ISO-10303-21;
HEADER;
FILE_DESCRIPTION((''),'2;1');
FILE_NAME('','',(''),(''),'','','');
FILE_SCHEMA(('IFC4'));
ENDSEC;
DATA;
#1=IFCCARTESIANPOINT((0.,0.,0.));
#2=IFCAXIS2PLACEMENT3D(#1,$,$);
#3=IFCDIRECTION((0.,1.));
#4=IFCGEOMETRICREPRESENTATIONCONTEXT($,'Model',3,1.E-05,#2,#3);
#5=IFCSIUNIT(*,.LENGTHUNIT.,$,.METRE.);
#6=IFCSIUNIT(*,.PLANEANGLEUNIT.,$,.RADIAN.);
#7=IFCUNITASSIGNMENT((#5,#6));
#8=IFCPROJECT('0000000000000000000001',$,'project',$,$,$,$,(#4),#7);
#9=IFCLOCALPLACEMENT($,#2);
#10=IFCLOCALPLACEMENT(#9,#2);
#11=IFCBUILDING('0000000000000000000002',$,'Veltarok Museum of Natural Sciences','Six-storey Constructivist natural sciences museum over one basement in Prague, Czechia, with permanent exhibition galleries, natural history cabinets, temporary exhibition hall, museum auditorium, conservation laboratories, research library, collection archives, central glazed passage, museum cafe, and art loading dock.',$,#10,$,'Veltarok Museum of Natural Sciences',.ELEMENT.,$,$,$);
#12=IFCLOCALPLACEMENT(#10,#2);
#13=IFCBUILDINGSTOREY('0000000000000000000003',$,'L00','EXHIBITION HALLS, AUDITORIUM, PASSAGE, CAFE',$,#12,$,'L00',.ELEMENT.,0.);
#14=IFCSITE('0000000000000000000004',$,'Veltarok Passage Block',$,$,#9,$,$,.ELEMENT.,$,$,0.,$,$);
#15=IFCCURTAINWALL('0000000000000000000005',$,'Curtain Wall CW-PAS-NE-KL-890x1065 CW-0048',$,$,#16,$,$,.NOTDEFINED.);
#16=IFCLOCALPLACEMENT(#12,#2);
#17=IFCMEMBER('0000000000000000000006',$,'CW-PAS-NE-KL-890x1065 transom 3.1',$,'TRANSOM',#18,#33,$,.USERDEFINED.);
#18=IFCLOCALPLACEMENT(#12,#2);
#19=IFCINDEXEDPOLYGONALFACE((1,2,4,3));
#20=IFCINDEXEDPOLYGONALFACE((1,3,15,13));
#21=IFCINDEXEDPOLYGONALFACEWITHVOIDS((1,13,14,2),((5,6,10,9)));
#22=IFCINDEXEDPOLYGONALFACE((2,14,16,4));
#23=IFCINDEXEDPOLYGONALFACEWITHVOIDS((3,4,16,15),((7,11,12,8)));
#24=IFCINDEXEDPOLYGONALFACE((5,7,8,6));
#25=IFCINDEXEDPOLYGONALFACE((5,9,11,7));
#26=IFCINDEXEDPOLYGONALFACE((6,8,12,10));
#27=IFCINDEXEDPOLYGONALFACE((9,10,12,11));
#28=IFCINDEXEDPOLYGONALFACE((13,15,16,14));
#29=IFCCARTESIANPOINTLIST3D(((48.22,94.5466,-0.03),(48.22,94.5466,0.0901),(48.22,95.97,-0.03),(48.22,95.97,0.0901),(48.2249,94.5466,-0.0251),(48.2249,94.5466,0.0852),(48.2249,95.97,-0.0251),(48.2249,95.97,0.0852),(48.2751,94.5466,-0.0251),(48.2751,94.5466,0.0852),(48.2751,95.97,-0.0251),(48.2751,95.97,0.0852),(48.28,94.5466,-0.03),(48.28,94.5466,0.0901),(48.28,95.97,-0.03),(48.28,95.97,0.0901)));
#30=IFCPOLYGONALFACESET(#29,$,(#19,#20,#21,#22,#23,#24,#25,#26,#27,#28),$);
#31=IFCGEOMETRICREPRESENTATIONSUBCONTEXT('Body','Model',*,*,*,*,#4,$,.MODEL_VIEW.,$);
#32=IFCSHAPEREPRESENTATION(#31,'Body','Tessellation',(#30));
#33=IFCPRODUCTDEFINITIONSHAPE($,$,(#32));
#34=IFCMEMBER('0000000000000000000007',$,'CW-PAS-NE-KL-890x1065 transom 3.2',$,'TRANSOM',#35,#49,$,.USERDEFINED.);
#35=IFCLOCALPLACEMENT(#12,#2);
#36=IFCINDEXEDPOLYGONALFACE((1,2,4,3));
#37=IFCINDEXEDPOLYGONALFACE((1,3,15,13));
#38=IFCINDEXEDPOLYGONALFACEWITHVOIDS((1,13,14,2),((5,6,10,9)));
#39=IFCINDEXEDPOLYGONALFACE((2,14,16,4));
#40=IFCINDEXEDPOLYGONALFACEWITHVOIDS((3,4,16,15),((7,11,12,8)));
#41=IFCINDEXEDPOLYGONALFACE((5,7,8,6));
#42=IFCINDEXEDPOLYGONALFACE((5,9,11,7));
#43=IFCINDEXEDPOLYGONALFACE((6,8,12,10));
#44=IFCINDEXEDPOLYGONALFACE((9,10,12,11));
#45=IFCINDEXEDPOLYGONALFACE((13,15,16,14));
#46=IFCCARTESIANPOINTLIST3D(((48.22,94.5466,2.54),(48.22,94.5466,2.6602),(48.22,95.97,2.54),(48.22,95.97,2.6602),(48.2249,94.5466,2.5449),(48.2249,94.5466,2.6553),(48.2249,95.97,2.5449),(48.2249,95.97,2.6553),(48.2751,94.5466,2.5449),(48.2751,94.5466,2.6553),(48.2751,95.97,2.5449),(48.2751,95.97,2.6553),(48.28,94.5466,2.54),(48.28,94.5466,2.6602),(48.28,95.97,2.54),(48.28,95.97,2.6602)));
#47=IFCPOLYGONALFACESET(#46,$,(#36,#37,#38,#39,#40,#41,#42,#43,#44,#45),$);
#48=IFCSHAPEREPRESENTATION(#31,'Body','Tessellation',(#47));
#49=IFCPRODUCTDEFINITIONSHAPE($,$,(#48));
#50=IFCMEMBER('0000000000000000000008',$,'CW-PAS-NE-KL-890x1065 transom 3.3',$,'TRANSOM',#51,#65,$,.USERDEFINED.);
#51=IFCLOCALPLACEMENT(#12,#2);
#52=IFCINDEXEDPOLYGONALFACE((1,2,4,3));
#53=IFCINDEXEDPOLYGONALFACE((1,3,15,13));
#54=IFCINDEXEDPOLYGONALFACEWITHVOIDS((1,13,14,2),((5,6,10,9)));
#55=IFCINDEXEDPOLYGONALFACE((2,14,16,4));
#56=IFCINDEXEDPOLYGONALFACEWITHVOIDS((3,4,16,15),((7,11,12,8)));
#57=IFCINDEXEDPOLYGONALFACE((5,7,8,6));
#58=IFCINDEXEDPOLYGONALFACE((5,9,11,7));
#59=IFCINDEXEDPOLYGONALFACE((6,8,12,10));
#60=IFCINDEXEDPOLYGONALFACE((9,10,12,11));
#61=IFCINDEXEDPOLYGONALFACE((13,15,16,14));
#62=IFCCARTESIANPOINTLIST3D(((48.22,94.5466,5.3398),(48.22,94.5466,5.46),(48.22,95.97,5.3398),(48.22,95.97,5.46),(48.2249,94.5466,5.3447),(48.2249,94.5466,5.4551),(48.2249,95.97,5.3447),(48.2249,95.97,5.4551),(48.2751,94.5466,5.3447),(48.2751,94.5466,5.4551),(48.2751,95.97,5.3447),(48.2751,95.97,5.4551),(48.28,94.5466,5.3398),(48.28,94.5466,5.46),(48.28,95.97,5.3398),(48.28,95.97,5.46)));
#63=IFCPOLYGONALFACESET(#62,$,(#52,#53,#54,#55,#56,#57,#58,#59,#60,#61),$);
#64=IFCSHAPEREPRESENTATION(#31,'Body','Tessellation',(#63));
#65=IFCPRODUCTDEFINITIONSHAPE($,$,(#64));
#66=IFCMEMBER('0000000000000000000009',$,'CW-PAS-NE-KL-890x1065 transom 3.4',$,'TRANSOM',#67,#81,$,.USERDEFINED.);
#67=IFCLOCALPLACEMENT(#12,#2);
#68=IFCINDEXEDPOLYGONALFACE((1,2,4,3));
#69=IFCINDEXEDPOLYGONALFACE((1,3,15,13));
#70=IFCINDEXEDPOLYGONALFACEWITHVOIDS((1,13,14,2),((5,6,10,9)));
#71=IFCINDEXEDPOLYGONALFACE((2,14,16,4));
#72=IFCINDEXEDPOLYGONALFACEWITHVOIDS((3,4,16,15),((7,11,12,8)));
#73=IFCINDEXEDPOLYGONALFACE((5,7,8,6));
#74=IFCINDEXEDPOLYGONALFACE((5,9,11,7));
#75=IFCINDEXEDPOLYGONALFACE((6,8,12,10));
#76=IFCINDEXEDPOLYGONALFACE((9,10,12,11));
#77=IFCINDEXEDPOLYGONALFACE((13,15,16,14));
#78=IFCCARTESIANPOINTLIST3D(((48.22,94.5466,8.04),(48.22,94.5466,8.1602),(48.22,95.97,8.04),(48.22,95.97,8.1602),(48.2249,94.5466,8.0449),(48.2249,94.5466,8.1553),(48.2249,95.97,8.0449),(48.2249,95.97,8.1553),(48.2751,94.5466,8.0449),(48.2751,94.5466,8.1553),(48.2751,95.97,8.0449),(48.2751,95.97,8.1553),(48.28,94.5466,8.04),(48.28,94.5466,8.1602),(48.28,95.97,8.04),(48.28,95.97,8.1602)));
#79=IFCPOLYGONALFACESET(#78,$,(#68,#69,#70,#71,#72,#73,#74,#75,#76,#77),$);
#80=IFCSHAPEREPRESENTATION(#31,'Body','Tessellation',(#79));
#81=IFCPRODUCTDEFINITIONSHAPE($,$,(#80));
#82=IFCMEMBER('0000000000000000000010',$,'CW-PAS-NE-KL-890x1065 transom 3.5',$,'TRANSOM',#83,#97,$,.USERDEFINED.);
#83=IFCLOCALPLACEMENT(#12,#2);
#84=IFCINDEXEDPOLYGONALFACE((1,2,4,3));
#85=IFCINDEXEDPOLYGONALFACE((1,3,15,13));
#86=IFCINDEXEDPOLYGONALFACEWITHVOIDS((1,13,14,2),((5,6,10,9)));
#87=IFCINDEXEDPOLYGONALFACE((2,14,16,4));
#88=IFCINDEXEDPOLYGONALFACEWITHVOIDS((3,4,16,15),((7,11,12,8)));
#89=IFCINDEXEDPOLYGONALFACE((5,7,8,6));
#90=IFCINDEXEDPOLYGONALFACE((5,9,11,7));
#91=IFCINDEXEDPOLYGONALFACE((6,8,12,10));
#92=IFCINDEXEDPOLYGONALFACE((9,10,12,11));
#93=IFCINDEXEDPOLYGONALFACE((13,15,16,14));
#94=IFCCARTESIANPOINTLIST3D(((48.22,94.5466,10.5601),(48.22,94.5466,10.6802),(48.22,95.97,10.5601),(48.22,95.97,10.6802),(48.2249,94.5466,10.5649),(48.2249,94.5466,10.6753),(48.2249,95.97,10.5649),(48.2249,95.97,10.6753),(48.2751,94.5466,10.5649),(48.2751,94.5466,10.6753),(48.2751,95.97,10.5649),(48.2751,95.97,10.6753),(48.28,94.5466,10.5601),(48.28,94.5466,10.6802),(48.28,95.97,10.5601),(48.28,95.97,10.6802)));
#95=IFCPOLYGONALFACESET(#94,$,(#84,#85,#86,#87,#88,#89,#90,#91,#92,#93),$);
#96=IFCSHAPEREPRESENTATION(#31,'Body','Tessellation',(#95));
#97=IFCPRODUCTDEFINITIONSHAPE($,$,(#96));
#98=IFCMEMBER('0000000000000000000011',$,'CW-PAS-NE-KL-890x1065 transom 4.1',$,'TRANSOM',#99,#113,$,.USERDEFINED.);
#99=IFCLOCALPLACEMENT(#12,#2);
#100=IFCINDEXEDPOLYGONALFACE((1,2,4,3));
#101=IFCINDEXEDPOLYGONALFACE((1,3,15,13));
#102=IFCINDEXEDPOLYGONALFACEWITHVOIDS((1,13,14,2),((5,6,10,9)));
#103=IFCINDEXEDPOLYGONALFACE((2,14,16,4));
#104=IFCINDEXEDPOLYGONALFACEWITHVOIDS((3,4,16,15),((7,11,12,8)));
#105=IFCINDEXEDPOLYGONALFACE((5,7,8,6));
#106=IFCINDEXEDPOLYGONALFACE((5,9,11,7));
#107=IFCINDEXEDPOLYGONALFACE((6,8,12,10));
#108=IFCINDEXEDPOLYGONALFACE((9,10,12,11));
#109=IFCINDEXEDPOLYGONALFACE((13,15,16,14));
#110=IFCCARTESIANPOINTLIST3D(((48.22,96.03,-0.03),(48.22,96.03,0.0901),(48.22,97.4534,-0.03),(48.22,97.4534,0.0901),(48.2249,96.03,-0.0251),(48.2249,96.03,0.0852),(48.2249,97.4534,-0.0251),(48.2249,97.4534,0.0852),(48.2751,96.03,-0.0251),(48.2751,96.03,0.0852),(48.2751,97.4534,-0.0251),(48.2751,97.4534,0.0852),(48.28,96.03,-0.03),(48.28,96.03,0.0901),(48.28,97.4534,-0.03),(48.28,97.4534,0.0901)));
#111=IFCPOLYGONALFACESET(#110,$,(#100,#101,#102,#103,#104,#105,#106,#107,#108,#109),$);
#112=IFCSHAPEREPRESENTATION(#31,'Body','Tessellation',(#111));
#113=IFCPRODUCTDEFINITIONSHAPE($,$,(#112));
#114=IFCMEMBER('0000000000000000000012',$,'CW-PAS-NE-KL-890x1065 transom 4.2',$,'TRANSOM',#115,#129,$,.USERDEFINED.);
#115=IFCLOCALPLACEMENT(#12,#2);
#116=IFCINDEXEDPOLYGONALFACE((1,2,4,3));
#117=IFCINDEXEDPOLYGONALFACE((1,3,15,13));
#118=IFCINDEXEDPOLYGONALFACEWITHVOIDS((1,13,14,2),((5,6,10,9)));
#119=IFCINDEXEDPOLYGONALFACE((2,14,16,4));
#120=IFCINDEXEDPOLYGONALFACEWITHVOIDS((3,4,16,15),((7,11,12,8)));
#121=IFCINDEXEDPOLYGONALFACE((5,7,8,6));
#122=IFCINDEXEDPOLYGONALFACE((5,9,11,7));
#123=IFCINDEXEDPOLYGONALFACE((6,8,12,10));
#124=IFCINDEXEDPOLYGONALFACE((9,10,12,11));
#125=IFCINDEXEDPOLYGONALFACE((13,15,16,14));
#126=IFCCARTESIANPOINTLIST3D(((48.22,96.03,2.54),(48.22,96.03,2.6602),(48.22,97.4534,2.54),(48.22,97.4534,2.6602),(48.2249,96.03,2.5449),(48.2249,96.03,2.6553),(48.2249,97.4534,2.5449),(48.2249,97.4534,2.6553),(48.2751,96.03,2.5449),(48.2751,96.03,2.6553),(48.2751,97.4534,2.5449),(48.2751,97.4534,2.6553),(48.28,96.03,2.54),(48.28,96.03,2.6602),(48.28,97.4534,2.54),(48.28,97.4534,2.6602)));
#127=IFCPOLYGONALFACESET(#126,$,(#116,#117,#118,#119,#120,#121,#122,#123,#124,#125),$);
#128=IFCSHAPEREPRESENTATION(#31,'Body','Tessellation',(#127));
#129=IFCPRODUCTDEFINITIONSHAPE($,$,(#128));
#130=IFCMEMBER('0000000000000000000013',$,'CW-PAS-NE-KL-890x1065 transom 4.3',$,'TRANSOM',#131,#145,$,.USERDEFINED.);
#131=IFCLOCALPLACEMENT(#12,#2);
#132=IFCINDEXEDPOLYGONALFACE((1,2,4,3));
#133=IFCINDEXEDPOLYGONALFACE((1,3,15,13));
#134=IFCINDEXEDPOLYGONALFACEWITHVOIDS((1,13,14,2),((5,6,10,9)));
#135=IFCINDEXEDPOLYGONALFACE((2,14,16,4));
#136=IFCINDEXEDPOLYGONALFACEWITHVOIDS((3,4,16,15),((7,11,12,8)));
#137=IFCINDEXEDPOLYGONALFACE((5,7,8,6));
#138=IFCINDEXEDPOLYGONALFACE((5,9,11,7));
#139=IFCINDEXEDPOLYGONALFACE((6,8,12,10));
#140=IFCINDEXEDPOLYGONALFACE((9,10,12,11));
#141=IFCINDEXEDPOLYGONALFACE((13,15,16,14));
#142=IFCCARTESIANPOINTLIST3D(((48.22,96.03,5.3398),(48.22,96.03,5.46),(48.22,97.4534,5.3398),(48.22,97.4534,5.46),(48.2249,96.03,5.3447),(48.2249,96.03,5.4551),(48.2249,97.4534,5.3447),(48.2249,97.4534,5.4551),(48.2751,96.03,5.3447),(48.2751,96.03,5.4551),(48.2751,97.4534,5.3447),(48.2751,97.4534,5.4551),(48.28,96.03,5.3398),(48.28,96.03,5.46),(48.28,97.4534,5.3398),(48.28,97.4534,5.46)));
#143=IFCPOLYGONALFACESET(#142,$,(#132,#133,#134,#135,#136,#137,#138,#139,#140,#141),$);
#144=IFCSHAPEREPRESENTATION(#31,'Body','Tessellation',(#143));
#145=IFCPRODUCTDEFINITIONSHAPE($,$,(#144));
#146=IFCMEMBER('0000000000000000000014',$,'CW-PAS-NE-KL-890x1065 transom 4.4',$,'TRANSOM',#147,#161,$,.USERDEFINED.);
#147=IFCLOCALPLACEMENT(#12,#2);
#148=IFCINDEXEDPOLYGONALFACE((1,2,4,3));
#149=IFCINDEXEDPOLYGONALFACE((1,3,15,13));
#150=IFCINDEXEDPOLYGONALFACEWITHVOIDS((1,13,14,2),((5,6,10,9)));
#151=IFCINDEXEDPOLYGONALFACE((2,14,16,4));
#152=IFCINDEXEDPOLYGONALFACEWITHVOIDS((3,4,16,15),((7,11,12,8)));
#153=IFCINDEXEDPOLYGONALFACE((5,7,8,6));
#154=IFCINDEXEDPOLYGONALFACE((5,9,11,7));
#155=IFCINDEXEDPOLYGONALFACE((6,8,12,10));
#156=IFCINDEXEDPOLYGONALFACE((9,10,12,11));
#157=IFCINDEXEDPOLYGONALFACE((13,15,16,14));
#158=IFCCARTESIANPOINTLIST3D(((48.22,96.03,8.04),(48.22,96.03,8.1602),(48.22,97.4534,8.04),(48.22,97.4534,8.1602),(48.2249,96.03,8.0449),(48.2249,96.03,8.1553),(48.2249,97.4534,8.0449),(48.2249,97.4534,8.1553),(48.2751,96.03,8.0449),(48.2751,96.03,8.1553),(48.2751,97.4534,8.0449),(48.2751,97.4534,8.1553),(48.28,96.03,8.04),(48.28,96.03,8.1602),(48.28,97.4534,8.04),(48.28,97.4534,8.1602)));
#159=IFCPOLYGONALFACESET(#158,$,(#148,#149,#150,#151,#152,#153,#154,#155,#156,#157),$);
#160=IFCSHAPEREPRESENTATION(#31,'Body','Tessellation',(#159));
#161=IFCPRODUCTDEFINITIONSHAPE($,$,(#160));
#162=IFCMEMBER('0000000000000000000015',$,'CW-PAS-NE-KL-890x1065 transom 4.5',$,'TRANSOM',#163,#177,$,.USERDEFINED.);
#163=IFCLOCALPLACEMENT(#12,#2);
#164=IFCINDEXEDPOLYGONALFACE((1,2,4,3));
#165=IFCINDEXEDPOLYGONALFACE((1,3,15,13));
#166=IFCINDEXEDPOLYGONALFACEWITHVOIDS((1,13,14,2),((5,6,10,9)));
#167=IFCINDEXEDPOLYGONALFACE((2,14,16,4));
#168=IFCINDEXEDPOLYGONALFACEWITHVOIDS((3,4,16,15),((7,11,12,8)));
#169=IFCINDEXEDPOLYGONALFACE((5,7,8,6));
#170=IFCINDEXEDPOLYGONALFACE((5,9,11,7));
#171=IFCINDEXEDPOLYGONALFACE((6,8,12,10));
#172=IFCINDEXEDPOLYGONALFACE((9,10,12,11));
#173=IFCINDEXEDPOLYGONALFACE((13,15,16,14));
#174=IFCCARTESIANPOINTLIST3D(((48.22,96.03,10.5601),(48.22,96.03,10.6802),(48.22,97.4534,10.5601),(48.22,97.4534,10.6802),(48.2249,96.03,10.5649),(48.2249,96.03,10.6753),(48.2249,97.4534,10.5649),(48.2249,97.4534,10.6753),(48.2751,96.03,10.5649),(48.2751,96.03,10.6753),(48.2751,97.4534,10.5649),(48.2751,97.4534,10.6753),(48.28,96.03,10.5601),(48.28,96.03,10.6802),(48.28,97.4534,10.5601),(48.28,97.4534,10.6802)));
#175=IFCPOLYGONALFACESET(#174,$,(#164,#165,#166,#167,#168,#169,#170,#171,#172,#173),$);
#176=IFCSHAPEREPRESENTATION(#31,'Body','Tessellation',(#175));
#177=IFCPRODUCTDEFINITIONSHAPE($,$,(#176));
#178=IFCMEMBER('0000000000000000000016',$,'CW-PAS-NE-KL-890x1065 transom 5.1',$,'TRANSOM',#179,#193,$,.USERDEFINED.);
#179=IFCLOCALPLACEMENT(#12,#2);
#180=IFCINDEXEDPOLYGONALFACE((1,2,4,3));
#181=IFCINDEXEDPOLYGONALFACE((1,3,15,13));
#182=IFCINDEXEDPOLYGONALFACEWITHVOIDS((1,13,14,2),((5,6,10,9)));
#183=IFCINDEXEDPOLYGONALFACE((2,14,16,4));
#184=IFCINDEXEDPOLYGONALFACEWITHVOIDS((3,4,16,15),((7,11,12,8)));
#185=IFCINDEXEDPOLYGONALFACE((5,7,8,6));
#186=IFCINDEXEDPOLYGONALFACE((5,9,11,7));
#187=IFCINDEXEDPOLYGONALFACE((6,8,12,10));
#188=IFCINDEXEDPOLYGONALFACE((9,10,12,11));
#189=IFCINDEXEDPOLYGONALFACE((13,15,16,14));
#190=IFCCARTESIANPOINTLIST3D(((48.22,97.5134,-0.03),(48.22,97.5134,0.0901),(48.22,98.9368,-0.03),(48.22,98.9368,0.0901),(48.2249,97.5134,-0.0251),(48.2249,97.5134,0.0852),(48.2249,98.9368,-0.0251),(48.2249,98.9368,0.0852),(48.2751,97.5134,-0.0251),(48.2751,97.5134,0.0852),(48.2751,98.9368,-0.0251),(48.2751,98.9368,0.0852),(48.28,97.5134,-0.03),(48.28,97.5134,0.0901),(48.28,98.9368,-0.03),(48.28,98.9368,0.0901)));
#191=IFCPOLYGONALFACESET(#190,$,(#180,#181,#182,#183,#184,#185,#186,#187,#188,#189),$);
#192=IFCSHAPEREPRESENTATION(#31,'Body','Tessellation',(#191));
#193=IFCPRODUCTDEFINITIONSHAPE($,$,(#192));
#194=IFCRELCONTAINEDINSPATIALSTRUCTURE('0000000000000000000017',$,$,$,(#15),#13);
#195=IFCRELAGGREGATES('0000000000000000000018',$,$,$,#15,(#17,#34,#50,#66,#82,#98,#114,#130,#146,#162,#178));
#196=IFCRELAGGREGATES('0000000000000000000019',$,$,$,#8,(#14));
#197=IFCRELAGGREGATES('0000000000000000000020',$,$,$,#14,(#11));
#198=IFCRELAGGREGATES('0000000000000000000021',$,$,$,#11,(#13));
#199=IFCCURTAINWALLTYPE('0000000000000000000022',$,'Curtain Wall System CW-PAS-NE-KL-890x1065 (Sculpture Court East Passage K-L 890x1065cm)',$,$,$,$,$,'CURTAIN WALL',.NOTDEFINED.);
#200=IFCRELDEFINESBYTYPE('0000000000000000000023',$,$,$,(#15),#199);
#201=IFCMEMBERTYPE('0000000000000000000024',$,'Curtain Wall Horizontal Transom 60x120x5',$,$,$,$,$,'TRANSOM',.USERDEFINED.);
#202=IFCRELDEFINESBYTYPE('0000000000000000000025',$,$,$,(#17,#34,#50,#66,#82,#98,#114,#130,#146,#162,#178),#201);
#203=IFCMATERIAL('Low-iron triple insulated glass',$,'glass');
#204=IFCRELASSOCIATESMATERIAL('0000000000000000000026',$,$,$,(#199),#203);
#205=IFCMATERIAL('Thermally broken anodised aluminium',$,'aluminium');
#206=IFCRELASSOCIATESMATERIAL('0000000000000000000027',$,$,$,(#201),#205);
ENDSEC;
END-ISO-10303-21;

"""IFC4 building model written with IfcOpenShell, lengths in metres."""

from ifc_helpers import new_model, si_unit, direction, frame, origin, origin_2d, place, context, subcontext, project, spatial, hollow_rectangle, extrude, material, material_profile, profile_set, type_object, element, aggregate, save


model = new_model("IFC4")

# Units and contexts
model_context = context("Model", 3, precision=1e-05, world=origin(), true_north=direction((0.0, 1.0)))
body_context = subcontext(model_context, "Body", "Model", "MODEL_VIEW")
ifc_project = project(units=[si_unit("LENGTHUNIT", "METRE"), si_unit("PLANEANGLEUNIT", "RADIAN")], contexts=[model_context])

# Site, building, storey
site_placement = place(None, origin())
site = spatial("IfcSite", under=ifc_project, at=site_placement, Name="Veltarok Passage Block", CompositionType="ELEMENT", RefElevation=0.0)
building_placement = place(site_placement, origin())
building = spatial("IfcBuilding", under=site, at=building_placement, Name="Veltarok Museum of Natural Sciences", Description="Six-storey Constructivist natural sciences museum over one basement in Prague, Czechia, with permanent exhibition galleries, natural history cabinets, temporary exhibition hall, museum auditorium, conservation laboratories, research library, collection archives, central glazed passage, museum cafe, and art loading dock.", LongName="Veltarok Museum of Natural Sciences", CompositionType="ELEMENT")
storey_placement = place(building_placement, origin())
storey = spatial("IfcBuildingStorey", under=building, at=storey_placement, Name="L00", Description="EXHIBITION HALLS, AUDITORIUM, PASSAGE, CAFE", LongName="L00", CompositionType="ELEMENT", Elevation=0.0)

# Curtain wall, members
ifc_material_1 = material(Name="Low-iron triple insulated glass", Category="glass")
curtain_wall_type_1 = type_object("IfcCurtainWallType", Name="Curtain Wall System CW-PAS-NE-KL-890x1065 (Sculpture Court East Passage K-L 890x1065cm)", ElementType="CURTAIN WALL", PredefinedType="NOTDEFINED", material=ifc_material_1)
curtain_wall_1_placement = place(storey_placement, origin())
curtain_wall_1 = element("IfcCurtainWall", 1, at=curtain_wall_1_placement, inside=storey, type_object=curtain_wall_type_1, Name="Curtain Wall CW-PAS-NE-KL-890x1065 CW-0048", PredefinedType="NOTDEFINED")
ifc_material_2 = material(Name="Thermally broken anodised aluminium", Category="aluminium")
ifc_material_profile_1 = material_profile(ifc_material_2, hollow_rectangle(XDim=0.0601, YDim=0.1201, WallThickness=0.0049, at=origin_2d()), Name="CW TRANSOM 60x120x5")
ifc_profile_set_1 = profile_set([ifc_material_profile_1], Name="Thermally broken anodised aluminium")
member_type_1 = type_object("IfcMemberType", Name="Curtain Wall Horizontal Transom 60x120x5", ElementType="TRANSOM", PredefinedType="USERDEFINED", material=ifc_profile_set_1)
member_1_placement = place(storey_placement, frame((48.25, 94.5466, 0.03), z_axis=(0.0, 1.0, 0.0), x_axis=(-1.0, 0.0, 0.0)))
member_1 = element("IfcMember", 2, at=member_1_placement, type_object=member_type_1, Name="CW-PAS-NE-KL-890x1065 transom 3.1", ObjectType="TRANSOM", PredefinedType="USERDEFINED", context=body_context, shape_type="SweptSolid", body=[
    extrude(hollow_rectangle(XDim=0.0601, YDim=0.1201, WallThickness=0.0049, at=origin_2d()), origin(), (0.0, 0.0, 1.0), 1.4233),
])
member_2_placement = place(storey_placement, frame((48.25, 94.5466, 2.6001), z_axis=(0.0, 1.0, 0.0), x_axis=(-1.0, 0.0, 0.0)))
member_2 = element("IfcMember", 3, at=member_2_placement, type_object=member_type_1, Name="CW-PAS-NE-KL-890x1065 transom 3.2", ObjectType="TRANSOM", PredefinedType="USERDEFINED", context=body_context, shape_type="SweptSolid", body=[
    extrude(hollow_rectangle(XDim=0.0601, YDim=0.1201, WallThickness=0.0049, at=origin_2d()), origin(), (0.0, 0.0, 1.0), 1.4233),
])
member_3_placement = place(storey_placement, frame((48.25, 94.5466, 5.3999), z_axis=(0.0, 1.0, 0.0), x_axis=(-1.0, 0.0, 0.0)))
member_3 = element("IfcMember", 4, at=member_3_placement, type_object=member_type_1, Name="CW-PAS-NE-KL-890x1065 transom 3.3", ObjectType="TRANSOM", PredefinedType="USERDEFINED", context=body_context, shape_type="SweptSolid", body=[
    extrude(hollow_rectangle(XDim=0.0601, YDim=0.1201, WallThickness=0.0049, at=origin_2d()), origin(), (0.0, 0.0, 1.0), 1.4233),
])
member_4_placement = place(storey_placement, frame((48.25, 94.5466, 8.1001), z_axis=(0.0, 1.0, 0.0), x_axis=(-1.0, 0.0, 0.0)))
member_4 = element("IfcMember", 5, at=member_4_placement, type_object=member_type_1, Name="CW-PAS-NE-KL-890x1065 transom 3.4", ObjectType="TRANSOM", PredefinedType="USERDEFINED", context=body_context, shape_type="SweptSolid", body=[
    extrude(hollow_rectangle(XDim=0.0601, YDim=0.1201, WallThickness=0.0049, at=origin_2d()), origin(), (0.0, 0.0, 1.0), 1.4233),
])
member_5_placement = place(storey_placement, frame((48.25, 94.5466, 10.6201), z_axis=(0.0, 1.0, 0.0), x_axis=(-1.0, 0.0, 0.0)))
member_5 = element("IfcMember", 6, at=member_5_placement, type_object=member_type_1, Name="CW-PAS-NE-KL-890x1065 transom 3.5", ObjectType="TRANSOM", PredefinedType="USERDEFINED", context=body_context, shape_type="SweptSolid", body=[
    extrude(hollow_rectangle(XDim=0.0601, YDim=0.1201, WallThickness=0.0049, at=origin_2d()), origin(), (0.0, 0.0, 1.0), 1.4233),
])
member_6_placement = place(storey_placement, frame((48.25, 96.03, 0.03), z_axis=(0.0, 1.0, 0.0), x_axis=(-1.0, 0.0, 0.0)))
member_6 = element("IfcMember", 7, at=member_6_placement, type_object=member_type_1, Name="CW-PAS-NE-KL-890x1065 transom 4.1", ObjectType="TRANSOM", PredefinedType="USERDEFINED", context=body_context, shape_type="SweptSolid", body=[
    extrude(hollow_rectangle(XDim=0.0601, YDim=0.1201, WallThickness=0.0049, at=origin_2d()), origin(), (0.0, 0.0, 1.0), 1.4233),
])
member_7_placement = place(storey_placement, frame((48.25, 96.03, 2.6001), z_axis=(0.0, 1.0, 0.0), x_axis=(-1.0, 0.0, 0.0)))
member_7 = element("IfcMember", 8, at=member_7_placement, type_object=member_type_1, Name="CW-PAS-NE-KL-890x1065 transom 4.2", ObjectType="TRANSOM", PredefinedType="USERDEFINED", context=body_context, shape_type="SweptSolid", body=[
    extrude(hollow_rectangle(XDim=0.0601, YDim=0.1201, WallThickness=0.0049, at=origin_2d()), origin(), (0.0, 0.0, 1.0), 1.4233),
])
member_8_placement = place(storey_placement, frame((48.25, 96.03, 5.3999), z_axis=(0.0, 1.0, 0.0), x_axis=(-1.0, 0.0, 0.0)))
member_8 = element("IfcMember", 9, at=member_8_placement, type_object=member_type_1, Name="CW-PAS-NE-KL-890x1065 transom 4.3", ObjectType="TRANSOM", PredefinedType="USERDEFINED", context=body_context, shape_type="SweptSolid", body=[
    extrude(hollow_rectangle(XDim=0.0601, YDim=0.1201, WallThickness=0.0049, at=origin_2d()), origin(), (0.0, 0.0, 1.0), 1.4233),
])
member_9_placement = place(storey_placement, frame((48.25, 96.03, 8.1001), z_axis=(0.0, 1.0, 0.0), x_axis=(-1.0, 0.0, 0.0)))
member_9 = element("IfcMember", 10, at=member_9_placement, type_object=member_type_1, Name="CW-PAS-NE-KL-890x1065 transom 4.4", ObjectType="TRANSOM", PredefinedType="USERDEFINED", context=body_context, shape_type="SweptSolid", body=[
    extrude(hollow_rectangle(XDim=0.0601, YDim=0.1201, WallThickness=0.0049, at=origin_2d()), origin(), (0.0, 0.0, 1.0), 1.4233),
])
member_10_placement = place(storey_placement, frame((48.25, 96.03, 10.6201), z_axis=(0.0, 1.0, 0.0), x_axis=(-1.0, 0.0, 0.0)))
member_10 = element("IfcMember", 11, at=member_10_placement, type_object=member_type_1, Name="CW-PAS-NE-KL-890x1065 transom 4.5", ObjectType="TRANSOM", PredefinedType="USERDEFINED", context=body_context, shape_type="SweptSolid", body=[
    extrude(hollow_rectangle(XDim=0.0601, YDim=0.1201, WallThickness=0.0049, at=origin_2d()), origin(), (0.0, 0.0, 1.0), 1.4233),
])
member_11_placement = place(storey_placement, frame((48.25, 97.5134, 0.03), z_axis=(0.0, 1.0, 0.0), x_axis=(-1.0, 0.0, 0.0)))
member_11 = element("IfcMember", 12, at=member_11_placement, type_object=member_type_1, Name="CW-PAS-NE-KL-890x1065 transom 5.1", ObjectType="TRANSOM", PredefinedType="USERDEFINED", context=body_context, shape_type="SweptSolid", body=[
    extrude(hollow_rectangle(XDim=0.0601, YDim=0.1201, WallThickness=0.0049, at=origin_2d()), origin(), (0.0, 0.0, 1.0), 1.4233),
])

aggregate(curtain_wall_1, [member_1, member_2, member_3, member_4, member_5, member_6, member_7, member_8, member_9, member_10, member_11])

save(model, "model.ifc")
